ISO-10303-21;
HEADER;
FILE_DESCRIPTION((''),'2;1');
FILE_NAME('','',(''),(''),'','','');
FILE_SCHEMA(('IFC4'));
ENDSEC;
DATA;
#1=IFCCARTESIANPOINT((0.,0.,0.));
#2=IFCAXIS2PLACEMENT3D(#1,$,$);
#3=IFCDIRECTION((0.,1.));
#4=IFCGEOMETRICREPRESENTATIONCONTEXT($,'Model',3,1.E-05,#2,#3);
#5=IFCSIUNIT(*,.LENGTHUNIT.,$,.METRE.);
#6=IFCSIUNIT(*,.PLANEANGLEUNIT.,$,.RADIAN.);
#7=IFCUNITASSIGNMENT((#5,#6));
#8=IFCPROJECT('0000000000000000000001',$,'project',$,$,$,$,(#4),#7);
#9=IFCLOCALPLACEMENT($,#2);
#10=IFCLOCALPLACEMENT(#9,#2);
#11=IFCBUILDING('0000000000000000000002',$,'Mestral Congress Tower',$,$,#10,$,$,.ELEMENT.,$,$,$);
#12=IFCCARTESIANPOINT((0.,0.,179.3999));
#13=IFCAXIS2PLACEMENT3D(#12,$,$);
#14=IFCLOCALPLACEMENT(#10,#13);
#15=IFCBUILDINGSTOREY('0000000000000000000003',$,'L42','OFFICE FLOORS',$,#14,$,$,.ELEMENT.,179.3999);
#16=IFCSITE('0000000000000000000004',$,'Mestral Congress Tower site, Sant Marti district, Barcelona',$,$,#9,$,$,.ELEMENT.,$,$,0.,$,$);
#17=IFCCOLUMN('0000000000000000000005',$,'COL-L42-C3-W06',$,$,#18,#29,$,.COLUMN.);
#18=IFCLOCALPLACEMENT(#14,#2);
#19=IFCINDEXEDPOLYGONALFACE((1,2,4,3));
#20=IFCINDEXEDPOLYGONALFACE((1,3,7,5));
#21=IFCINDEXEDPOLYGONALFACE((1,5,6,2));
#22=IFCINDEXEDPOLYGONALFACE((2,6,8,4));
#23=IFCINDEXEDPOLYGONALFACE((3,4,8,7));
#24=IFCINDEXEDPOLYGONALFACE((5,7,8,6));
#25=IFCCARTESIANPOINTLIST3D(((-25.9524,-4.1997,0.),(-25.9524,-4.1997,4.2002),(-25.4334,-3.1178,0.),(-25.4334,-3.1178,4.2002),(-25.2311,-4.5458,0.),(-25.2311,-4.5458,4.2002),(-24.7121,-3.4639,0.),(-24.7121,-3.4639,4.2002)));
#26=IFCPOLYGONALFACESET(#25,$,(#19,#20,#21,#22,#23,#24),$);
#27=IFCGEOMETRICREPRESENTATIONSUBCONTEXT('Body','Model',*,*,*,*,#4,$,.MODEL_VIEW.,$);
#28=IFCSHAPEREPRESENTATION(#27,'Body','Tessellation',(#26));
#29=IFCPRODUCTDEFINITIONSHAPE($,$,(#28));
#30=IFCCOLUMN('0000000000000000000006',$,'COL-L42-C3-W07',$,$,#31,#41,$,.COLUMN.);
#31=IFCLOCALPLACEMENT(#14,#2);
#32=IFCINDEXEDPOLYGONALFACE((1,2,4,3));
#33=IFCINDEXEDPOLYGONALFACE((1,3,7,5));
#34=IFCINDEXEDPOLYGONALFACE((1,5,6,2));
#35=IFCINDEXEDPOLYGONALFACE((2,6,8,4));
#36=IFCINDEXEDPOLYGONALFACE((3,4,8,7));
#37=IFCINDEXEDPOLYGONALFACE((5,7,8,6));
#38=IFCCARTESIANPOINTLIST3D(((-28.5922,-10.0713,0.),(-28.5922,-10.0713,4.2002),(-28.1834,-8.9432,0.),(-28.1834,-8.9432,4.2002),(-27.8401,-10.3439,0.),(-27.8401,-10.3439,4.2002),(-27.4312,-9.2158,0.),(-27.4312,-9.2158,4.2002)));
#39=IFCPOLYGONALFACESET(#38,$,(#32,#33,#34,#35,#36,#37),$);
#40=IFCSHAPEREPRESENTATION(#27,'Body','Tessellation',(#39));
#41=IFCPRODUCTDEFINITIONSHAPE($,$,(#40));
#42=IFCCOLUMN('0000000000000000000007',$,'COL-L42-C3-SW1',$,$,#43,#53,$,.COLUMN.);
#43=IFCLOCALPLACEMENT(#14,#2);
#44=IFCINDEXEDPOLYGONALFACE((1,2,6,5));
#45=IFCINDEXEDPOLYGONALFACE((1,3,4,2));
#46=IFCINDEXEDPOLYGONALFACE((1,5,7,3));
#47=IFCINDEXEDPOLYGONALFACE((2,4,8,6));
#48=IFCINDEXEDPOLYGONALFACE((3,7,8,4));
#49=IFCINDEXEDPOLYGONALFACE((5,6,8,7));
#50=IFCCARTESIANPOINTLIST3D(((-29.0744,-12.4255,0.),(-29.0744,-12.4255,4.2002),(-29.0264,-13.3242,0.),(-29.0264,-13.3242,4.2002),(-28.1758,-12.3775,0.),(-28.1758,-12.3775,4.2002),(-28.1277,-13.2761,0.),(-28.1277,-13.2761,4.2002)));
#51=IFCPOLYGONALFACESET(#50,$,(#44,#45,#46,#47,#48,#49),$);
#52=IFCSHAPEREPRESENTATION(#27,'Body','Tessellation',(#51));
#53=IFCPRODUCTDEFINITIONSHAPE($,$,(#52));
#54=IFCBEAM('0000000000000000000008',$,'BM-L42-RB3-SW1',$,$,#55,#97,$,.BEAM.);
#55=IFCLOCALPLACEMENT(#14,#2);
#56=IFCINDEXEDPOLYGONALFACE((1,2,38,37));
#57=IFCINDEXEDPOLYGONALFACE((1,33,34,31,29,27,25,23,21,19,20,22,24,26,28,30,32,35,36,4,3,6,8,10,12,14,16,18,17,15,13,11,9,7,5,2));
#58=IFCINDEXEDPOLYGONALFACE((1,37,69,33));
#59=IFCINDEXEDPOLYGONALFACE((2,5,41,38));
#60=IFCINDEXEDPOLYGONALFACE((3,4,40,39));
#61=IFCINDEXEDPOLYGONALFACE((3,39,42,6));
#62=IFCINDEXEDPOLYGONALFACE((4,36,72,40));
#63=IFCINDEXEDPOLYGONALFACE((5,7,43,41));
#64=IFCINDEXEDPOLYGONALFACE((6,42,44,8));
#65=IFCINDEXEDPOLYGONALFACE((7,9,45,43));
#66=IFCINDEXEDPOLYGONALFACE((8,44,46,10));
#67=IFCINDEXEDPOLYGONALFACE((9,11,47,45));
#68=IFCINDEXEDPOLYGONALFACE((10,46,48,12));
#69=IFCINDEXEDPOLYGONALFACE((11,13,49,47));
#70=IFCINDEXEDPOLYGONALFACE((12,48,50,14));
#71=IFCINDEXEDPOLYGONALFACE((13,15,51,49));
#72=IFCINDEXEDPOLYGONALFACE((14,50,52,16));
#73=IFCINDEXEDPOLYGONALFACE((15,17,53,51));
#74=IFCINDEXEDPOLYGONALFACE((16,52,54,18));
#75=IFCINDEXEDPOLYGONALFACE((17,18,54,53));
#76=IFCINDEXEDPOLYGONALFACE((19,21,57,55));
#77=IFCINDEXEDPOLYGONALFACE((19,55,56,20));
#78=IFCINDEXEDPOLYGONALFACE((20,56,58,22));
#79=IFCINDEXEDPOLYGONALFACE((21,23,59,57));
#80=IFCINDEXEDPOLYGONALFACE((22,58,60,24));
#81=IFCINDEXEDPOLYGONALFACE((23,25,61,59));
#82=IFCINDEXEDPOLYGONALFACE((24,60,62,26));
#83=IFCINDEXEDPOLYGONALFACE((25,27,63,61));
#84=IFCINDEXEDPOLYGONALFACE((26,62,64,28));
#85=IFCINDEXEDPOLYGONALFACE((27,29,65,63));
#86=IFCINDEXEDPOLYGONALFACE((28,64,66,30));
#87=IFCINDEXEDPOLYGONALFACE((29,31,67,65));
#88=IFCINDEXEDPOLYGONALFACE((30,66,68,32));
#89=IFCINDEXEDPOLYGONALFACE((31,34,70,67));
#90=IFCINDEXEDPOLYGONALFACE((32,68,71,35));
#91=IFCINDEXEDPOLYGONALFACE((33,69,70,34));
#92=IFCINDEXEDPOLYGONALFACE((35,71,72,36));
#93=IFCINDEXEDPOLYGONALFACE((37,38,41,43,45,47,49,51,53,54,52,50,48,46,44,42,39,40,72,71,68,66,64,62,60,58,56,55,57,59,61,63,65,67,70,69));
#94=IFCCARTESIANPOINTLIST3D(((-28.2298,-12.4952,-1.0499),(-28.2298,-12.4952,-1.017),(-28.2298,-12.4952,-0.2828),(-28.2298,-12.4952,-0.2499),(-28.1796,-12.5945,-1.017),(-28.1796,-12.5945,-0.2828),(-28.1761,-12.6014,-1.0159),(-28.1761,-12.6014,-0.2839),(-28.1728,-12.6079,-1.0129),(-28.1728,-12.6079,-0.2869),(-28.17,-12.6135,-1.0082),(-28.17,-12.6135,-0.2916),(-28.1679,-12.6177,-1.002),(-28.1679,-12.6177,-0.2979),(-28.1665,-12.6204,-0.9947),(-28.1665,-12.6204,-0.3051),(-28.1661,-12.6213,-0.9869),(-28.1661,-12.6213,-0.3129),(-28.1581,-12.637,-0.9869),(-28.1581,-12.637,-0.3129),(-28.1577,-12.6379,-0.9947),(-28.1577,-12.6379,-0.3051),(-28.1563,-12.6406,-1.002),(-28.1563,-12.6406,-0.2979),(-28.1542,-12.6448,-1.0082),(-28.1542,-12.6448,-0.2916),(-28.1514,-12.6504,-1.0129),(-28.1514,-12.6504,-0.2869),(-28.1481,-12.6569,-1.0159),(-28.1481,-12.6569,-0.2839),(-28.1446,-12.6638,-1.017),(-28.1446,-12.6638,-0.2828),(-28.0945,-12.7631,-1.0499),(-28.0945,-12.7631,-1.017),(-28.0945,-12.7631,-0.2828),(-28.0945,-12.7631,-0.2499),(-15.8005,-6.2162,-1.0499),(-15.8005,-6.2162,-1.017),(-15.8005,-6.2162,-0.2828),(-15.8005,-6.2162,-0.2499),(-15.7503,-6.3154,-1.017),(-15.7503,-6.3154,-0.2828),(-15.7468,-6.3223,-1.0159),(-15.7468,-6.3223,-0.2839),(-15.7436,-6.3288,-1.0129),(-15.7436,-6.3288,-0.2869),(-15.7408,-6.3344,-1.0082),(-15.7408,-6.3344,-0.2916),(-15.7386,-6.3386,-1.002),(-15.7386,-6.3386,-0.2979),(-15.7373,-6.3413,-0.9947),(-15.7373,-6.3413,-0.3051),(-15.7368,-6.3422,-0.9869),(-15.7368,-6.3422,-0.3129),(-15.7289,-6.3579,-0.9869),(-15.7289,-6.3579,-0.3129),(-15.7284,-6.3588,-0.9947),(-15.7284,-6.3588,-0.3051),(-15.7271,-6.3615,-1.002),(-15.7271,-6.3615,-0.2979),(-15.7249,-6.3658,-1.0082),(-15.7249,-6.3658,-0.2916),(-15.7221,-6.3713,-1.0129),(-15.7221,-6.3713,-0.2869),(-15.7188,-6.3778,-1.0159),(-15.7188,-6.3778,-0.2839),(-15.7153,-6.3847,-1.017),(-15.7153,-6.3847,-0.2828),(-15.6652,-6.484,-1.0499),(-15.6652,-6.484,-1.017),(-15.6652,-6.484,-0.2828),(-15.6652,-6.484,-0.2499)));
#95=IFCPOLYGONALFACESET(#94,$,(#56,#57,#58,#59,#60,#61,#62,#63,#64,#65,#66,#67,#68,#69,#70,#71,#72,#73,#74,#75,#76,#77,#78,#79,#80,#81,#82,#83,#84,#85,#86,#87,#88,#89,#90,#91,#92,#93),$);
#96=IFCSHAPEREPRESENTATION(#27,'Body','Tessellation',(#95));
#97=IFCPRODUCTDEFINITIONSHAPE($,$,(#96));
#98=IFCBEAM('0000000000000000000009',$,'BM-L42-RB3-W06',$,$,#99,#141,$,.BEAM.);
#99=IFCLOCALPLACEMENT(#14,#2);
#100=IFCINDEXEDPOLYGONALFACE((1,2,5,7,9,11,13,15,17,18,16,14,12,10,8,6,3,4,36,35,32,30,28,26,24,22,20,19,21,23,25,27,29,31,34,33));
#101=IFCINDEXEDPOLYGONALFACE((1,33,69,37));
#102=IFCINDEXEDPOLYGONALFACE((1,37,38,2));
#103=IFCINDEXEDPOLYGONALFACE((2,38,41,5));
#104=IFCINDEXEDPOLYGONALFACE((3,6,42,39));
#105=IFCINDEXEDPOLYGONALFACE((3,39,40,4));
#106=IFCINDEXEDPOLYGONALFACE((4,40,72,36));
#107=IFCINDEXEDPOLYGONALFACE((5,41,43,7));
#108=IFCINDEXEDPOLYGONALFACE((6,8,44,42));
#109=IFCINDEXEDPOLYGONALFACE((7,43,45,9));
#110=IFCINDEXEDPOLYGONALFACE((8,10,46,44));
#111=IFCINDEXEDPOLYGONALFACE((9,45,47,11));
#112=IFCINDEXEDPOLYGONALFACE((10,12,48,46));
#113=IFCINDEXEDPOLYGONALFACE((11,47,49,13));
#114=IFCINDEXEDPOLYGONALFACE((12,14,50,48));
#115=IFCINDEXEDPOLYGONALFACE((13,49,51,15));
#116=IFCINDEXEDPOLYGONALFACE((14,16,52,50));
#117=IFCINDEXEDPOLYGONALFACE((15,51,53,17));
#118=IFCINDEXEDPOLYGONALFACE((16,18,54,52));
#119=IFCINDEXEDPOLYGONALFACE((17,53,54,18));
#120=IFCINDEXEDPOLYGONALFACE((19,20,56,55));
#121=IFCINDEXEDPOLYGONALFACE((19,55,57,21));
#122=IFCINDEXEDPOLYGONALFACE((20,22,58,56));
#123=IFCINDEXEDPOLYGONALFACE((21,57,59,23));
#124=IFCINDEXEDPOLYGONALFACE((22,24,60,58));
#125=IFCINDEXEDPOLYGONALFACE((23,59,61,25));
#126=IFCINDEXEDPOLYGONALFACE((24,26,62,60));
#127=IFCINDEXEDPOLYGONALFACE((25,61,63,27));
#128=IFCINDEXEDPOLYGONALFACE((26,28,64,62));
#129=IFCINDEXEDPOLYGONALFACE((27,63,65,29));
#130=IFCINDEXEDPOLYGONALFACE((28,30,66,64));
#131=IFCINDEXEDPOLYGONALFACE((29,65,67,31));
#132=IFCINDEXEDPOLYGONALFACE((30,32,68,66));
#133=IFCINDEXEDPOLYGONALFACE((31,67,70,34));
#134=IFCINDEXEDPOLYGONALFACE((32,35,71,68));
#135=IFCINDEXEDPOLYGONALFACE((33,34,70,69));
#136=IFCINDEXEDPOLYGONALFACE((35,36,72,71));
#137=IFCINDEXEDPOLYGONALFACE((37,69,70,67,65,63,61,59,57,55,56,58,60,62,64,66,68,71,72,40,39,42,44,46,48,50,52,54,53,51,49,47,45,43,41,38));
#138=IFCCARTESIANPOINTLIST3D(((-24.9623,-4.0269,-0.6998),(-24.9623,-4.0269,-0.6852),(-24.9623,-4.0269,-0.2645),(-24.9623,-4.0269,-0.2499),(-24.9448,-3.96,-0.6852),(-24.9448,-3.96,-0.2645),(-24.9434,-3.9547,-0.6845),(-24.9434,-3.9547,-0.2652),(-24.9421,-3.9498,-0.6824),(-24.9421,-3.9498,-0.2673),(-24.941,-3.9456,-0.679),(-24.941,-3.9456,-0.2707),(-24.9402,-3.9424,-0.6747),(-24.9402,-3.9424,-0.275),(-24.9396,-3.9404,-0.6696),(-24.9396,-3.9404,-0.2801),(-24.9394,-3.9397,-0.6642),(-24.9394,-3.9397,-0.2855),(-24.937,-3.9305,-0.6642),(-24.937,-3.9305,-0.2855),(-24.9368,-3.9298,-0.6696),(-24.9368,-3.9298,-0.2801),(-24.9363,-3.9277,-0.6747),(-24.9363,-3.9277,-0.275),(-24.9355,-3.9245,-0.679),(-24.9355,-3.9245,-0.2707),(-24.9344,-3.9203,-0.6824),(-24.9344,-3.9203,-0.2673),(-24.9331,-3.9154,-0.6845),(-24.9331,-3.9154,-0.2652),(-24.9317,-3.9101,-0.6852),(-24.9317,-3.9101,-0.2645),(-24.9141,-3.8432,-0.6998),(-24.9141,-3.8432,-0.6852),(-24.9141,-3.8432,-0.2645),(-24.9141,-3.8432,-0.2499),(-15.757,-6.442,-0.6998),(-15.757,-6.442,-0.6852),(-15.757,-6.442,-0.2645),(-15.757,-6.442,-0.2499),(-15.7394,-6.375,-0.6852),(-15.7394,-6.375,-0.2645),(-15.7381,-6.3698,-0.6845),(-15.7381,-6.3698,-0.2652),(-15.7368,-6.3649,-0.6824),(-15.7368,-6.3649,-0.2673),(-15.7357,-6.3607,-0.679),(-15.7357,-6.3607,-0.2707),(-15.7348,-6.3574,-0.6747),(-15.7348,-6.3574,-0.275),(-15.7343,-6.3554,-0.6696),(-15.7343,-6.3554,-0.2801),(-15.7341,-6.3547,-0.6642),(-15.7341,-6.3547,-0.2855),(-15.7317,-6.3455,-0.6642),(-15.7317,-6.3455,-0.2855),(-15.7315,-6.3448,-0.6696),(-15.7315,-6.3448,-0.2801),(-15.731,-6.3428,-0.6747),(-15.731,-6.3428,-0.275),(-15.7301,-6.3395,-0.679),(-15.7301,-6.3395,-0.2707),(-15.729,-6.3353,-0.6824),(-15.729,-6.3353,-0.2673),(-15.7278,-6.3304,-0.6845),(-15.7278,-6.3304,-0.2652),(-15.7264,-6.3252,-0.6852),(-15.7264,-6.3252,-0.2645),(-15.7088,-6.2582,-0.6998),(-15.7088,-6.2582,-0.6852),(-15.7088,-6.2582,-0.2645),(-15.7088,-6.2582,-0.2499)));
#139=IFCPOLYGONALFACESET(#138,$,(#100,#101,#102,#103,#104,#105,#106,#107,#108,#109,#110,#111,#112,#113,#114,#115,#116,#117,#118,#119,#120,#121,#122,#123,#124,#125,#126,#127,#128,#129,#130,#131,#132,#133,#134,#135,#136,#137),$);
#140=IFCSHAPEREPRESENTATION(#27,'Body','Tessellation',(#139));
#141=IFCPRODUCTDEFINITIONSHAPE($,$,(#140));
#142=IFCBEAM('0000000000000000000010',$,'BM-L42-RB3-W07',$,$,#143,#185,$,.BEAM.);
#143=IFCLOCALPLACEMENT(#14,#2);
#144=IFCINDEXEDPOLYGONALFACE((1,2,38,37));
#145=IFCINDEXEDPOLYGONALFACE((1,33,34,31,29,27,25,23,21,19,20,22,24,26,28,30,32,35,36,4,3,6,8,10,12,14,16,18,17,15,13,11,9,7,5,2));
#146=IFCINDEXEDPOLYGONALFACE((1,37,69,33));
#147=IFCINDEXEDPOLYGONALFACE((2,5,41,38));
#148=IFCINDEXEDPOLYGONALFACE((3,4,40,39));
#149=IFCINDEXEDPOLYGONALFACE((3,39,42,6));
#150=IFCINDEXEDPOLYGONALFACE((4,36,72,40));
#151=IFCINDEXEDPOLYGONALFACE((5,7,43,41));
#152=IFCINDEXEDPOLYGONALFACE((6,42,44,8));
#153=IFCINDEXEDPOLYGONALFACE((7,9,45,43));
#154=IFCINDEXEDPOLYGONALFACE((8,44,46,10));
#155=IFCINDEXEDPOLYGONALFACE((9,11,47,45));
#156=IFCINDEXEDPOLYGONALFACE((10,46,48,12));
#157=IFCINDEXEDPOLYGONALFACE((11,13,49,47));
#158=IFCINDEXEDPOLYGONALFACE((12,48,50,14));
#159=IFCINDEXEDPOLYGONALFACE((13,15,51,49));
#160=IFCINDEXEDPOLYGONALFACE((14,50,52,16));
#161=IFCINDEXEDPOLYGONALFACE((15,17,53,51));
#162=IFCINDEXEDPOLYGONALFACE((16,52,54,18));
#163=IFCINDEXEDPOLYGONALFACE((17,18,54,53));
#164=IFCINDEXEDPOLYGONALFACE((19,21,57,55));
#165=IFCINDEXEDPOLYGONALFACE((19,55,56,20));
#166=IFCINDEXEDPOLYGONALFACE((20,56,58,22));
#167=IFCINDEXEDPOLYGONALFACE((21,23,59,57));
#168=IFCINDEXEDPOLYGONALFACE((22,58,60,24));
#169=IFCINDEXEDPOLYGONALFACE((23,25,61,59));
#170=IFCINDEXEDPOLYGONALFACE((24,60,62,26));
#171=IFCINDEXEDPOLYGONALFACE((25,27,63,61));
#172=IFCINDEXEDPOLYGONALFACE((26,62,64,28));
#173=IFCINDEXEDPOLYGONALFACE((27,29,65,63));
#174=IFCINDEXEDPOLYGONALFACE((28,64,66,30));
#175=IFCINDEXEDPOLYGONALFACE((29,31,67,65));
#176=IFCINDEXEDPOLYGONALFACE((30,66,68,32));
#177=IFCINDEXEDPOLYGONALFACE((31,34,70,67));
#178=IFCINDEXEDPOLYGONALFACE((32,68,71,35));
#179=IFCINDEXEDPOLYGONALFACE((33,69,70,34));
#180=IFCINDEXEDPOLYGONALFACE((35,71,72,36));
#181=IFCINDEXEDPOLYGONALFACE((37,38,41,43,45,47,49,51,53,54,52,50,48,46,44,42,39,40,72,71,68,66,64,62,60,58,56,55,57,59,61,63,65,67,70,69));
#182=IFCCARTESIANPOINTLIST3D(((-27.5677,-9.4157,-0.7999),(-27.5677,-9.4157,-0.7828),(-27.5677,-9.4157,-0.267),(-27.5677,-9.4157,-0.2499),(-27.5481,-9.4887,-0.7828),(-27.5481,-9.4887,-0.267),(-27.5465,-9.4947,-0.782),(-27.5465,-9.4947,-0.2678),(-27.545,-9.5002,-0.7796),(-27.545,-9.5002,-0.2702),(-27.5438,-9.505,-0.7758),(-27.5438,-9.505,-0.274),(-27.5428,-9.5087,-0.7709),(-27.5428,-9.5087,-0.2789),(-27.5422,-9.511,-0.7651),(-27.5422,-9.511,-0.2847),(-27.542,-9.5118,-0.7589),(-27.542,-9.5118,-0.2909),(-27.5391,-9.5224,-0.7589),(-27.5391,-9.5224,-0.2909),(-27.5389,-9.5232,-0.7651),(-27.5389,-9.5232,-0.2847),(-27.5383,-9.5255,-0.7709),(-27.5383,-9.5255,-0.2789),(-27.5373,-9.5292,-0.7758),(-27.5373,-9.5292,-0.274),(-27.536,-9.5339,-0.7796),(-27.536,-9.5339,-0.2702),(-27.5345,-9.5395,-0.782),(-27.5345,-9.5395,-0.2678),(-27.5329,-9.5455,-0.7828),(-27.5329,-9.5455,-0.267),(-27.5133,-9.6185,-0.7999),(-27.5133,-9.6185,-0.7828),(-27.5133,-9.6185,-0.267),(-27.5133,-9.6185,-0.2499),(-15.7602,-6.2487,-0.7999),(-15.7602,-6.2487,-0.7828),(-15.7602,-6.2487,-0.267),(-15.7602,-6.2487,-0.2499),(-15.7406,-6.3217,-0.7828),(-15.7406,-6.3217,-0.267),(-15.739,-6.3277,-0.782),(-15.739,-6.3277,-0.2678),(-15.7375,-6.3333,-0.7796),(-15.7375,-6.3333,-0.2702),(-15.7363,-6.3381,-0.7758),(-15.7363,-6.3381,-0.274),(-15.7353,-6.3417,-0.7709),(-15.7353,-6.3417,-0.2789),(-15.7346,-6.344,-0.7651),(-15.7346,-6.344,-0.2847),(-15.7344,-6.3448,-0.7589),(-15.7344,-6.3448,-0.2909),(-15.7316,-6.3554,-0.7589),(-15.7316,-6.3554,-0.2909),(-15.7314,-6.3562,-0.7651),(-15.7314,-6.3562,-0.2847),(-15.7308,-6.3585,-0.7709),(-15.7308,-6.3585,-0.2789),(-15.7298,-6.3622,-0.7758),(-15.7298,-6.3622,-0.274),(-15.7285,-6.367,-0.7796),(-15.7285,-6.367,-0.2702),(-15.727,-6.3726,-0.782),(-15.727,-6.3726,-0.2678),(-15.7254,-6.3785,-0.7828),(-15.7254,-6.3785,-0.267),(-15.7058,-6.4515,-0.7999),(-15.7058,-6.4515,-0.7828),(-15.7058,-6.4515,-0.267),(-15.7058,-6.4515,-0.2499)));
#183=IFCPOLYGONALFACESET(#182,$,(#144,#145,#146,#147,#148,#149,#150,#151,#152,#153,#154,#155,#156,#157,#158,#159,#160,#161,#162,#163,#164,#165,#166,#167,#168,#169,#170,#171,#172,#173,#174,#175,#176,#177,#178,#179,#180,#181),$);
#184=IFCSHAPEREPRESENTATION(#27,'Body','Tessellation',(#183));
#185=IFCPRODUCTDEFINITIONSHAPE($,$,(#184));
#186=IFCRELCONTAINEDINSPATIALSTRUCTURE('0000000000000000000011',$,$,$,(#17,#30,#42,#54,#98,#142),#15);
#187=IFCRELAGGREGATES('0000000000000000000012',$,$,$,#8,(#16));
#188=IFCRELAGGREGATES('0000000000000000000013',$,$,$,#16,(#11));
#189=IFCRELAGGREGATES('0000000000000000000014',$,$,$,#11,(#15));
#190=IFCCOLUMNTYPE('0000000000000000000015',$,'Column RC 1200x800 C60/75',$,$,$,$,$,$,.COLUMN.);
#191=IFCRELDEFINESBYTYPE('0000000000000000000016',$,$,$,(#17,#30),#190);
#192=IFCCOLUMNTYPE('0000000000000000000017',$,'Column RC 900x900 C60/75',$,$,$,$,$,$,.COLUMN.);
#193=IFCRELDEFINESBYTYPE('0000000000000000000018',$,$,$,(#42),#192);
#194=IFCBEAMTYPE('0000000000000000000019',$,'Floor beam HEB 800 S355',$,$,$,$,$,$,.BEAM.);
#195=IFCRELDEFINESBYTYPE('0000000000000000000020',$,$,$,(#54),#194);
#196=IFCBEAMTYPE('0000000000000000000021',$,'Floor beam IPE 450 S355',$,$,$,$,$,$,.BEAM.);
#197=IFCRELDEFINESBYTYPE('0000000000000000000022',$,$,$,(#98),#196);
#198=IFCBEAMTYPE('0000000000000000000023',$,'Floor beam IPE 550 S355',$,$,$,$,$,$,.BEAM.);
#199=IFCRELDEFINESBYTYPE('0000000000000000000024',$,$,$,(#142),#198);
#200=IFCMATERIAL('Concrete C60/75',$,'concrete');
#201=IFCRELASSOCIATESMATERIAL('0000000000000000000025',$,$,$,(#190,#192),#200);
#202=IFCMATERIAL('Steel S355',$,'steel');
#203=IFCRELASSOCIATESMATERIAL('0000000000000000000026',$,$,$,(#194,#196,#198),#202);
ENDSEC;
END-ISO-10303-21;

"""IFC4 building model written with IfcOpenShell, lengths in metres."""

from ifc_helpers import new_model, si_unit, direction, frame, origin, origin_2d, place, context, subcontext, project, spatial, rectangle, i_section, extrude, material, material_profile, profile_set, type_object, element, save


model = new_model("IFC4")

# Units and contexts
model_context = context("Model", 3, precision=1e-05, world=origin(), true_north=direction((0.0, 1.0)))
body_context = subcontext(model_context, "Body", "Model", "MODEL_VIEW")
ifc_project = project(units=[si_unit("LENGTHUNIT", "METRE"), si_unit("PLANEANGLEUNIT", "RADIAN")], contexts=[model_context])

# Site, building, storey
site_placement = place(None, origin())
site = spatial("IfcSite", under=ifc_project, at=site_placement, Name="Mestral Congress Tower site, Sant Marti district, Barcelona", CompositionType="ELEMENT", RefElevation=0.0)
building_placement = place(site_placement, origin())
building = spatial("IfcBuilding", under=site, at=building_placement, Name="Mestral Congress Tower", CompositionType="ELEMENT")
storey_placement = place(building_placement, frame((0.0, 0.0, 179.3999)))
storey = spatial("IfcBuildingStorey", under=building, at=storey_placement, Name="L42", Description="OFFICE FLOORS", CompositionType="ELEMENT", Elevation=179.3999)

# Columns
ifc_material_1 = material(Name="Concrete C60/75", Category="concrete")
ifc_material_profile_1 = material_profile(ifc_material_1, rectangle(XDim=1.2, YDim=0.8, at=origin_2d()), Name="RC 1200x800")
ifc_profile_set_1 = profile_set([ifc_material_profile_1], Name="Concrete C60/75")
column_type_1 = type_object("IfcColumnType", Name="Column RC 1200x800 C60/75", PredefinedType="COLUMN", material=ifc_profile_set_1)
for number, where, z_axis, x_axis, name in (
    (1, (-25.3323, -3.8318, 0.0), (0.0, 0.0, 1.0), (-0.432522, -0.901624, 0.0), "COL-L42-C3-W06"),
    (2, (-28.0117, -9.6436, 0.0), (0.0, 0.0, 1.0), (-0.340744, -0.940156, 0.0), "COL-L42-C3-W07"),
):
    element("IfcColumn", number, at=place(storey_placement, frame(where, z_axis=z_axis, x_axis=x_axis)), inside=storey, type_object=column_type_1, Name=name, PredefinedType="COLUMN", context=body_context, shape_type="SweptSolid", body=[
        extrude(rectangle(XDim=1.2, YDim=0.8, at=origin_2d()), origin(), (0.0, 0.0, 1.0), 4.2002),
    ])
ifc_material_profile_2 = material_profile(ifc_material_1, rectangle(XDim=0.8999, YDim=0.8999, at=origin_2d()), Name="RC 900x900")
ifc_profile_set_2 = profile_set([ifc_material_profile_2], Name="Concrete C60/75")
column_type_2 = type_object("IfcColumnType", Name="Column RC 900x900 C60/75", PredefinedType="COLUMN", material=ifc_profile_set_2)
column_placement = place(storey_placement, frame((-28.6011, -12.8508, 0.0), z_axis=(0.0, 0.0, 1.0), x_axis=(0.053392, -0.998574, 0.0)))
element("IfcColumn", 3, at=column_placement, inside=storey, type_object=column_type_2, Name="COL-L42-C3-SW1", PredefinedType="COLUMN", context=body_context, shape_type="SweptSolid", body=[
    extrude(rectangle(XDim=0.8999, YDim=0.8999, at=origin_2d()), origin(), (0.0, 0.0, 1.0), 4.2002),
])

# Beams
ifc_material_2 = material(Name="Steel S355", Category="steel")
ifc_material_profile_3 = material_profile(ifc_material_2, i_section(OverallWidth=0.3, OverallDepth=0.8, WebThickness=0.0176, FlangeThickness=0.033, FilletRadius=0.03, at=origin_2d()), Name="HEB 800")
ifc_profile_set_3 = profile_set([ifc_material_profile_3], Name="Steel S355")
beam_type_1 = type_object("IfcBeamType", Name="Floor beam HEB 800 S355", PredefinedType="BEAM", material=ifc_profile_set_3)
beam_1_placement = place(storey_placement, frame((-28.1621, -12.6292, -0.6499), z_axis=(0.892568, 0.450913, 0.0), x_axis=(-0.450913, 0.892568, 0.0)))
element("IfcBeam", 4, at=beam_1_placement, inside=storey, type_object=beam_type_1, Name="BM-L42-RB3-SW1", PredefinedType="BEAM", context=body_context, shape_type="SweptSolid", body=[
    extrude(i_section(OverallWidth=0.3, OverallDepth=0.8, WebThickness=0.0176, FlangeThickness=0.033, FilletRadius=0.03, at=origin_2d()), origin(), (0.0, 0.0, 1.0), 13.9253),
])
ifc_material_profile_4 = material_profile(ifc_material_2, i_section(OverallWidth=0.1899, OverallDepth=0.45, WebThickness=0.0095, FlangeThickness=0.0146, FilletRadius=0.021, at=origin_2d()), Name="IPE 450")
ifc_profile_set_4 = profile_set([ifc_material_profile_4], Name="Steel S355")
beam_type_2 = type_object("IfcBeamType", Name="Floor beam IPE 450 S355", PredefinedType="BEAM", material=ifc_profile_set_4)
beam_2_placement = place(storey_placement, frame((-24.9382, -3.9351, -0.4749), z_axis=(0.967266, -0.253765, 0.0), x_axis=(0.253765, 0.967266, 0.0)))
element("IfcBeam", 5, at=beam_2_placement, inside=storey, type_object=beam_type_2, Name="BM-L42-RB3-W06", PredefinedType="BEAM", context=body_context, shape_type="SweptSolid", body=[
    extrude(i_section(OverallWidth=0.1899, OverallDepth=0.45, WebThickness=0.0095, FlangeThickness=0.0146, FilletRadius=0.021, at=origin_2d()), origin(), (0.0, 0.0, 1.0), 9.5168),
])
ifc_material_profile_5 = material_profile(ifc_material_2, i_section(OverallWidth=0.21, OverallDepth=0.55, WebThickness=0.011, FlangeThickness=0.0171, FilletRadius=0.0239, at=origin_2d()), Name="IPE 550")
ifc_profile_set_5 = profile_set([ifc_material_profile_5], Name="Steel S355")
beam_type_3 = type_object("IfcBeamType", Name="Floor beam IPE 550 S355", PredefinedType="BEAM", material=ifc_profile_set_5)
beam_3_placement = place(storey_placement, frame((-27.5405, -9.5171, -0.5249), z_axis=(0.965861, 0.259059, 0.0), x_axis=(-0.259059, 0.965861, 0.0)))
element("IfcBeam", 6, at=beam_3_placement, inside=storey, type_object=beam_type_3, Name="BM-L42-RB3-W07", PredefinedType="BEAM", context=body_context, shape_type="SweptSolid", body=[
    extrude(i_section(OverallWidth=0.21, OverallDepth=0.55, WebThickness=0.011, FlangeThickness=0.0171, FilletRadius=0.0239, at=origin_2d()), origin(), (0.0, 0.0, 1.0), 12.2249),
])

save(model, "model.ifc")
